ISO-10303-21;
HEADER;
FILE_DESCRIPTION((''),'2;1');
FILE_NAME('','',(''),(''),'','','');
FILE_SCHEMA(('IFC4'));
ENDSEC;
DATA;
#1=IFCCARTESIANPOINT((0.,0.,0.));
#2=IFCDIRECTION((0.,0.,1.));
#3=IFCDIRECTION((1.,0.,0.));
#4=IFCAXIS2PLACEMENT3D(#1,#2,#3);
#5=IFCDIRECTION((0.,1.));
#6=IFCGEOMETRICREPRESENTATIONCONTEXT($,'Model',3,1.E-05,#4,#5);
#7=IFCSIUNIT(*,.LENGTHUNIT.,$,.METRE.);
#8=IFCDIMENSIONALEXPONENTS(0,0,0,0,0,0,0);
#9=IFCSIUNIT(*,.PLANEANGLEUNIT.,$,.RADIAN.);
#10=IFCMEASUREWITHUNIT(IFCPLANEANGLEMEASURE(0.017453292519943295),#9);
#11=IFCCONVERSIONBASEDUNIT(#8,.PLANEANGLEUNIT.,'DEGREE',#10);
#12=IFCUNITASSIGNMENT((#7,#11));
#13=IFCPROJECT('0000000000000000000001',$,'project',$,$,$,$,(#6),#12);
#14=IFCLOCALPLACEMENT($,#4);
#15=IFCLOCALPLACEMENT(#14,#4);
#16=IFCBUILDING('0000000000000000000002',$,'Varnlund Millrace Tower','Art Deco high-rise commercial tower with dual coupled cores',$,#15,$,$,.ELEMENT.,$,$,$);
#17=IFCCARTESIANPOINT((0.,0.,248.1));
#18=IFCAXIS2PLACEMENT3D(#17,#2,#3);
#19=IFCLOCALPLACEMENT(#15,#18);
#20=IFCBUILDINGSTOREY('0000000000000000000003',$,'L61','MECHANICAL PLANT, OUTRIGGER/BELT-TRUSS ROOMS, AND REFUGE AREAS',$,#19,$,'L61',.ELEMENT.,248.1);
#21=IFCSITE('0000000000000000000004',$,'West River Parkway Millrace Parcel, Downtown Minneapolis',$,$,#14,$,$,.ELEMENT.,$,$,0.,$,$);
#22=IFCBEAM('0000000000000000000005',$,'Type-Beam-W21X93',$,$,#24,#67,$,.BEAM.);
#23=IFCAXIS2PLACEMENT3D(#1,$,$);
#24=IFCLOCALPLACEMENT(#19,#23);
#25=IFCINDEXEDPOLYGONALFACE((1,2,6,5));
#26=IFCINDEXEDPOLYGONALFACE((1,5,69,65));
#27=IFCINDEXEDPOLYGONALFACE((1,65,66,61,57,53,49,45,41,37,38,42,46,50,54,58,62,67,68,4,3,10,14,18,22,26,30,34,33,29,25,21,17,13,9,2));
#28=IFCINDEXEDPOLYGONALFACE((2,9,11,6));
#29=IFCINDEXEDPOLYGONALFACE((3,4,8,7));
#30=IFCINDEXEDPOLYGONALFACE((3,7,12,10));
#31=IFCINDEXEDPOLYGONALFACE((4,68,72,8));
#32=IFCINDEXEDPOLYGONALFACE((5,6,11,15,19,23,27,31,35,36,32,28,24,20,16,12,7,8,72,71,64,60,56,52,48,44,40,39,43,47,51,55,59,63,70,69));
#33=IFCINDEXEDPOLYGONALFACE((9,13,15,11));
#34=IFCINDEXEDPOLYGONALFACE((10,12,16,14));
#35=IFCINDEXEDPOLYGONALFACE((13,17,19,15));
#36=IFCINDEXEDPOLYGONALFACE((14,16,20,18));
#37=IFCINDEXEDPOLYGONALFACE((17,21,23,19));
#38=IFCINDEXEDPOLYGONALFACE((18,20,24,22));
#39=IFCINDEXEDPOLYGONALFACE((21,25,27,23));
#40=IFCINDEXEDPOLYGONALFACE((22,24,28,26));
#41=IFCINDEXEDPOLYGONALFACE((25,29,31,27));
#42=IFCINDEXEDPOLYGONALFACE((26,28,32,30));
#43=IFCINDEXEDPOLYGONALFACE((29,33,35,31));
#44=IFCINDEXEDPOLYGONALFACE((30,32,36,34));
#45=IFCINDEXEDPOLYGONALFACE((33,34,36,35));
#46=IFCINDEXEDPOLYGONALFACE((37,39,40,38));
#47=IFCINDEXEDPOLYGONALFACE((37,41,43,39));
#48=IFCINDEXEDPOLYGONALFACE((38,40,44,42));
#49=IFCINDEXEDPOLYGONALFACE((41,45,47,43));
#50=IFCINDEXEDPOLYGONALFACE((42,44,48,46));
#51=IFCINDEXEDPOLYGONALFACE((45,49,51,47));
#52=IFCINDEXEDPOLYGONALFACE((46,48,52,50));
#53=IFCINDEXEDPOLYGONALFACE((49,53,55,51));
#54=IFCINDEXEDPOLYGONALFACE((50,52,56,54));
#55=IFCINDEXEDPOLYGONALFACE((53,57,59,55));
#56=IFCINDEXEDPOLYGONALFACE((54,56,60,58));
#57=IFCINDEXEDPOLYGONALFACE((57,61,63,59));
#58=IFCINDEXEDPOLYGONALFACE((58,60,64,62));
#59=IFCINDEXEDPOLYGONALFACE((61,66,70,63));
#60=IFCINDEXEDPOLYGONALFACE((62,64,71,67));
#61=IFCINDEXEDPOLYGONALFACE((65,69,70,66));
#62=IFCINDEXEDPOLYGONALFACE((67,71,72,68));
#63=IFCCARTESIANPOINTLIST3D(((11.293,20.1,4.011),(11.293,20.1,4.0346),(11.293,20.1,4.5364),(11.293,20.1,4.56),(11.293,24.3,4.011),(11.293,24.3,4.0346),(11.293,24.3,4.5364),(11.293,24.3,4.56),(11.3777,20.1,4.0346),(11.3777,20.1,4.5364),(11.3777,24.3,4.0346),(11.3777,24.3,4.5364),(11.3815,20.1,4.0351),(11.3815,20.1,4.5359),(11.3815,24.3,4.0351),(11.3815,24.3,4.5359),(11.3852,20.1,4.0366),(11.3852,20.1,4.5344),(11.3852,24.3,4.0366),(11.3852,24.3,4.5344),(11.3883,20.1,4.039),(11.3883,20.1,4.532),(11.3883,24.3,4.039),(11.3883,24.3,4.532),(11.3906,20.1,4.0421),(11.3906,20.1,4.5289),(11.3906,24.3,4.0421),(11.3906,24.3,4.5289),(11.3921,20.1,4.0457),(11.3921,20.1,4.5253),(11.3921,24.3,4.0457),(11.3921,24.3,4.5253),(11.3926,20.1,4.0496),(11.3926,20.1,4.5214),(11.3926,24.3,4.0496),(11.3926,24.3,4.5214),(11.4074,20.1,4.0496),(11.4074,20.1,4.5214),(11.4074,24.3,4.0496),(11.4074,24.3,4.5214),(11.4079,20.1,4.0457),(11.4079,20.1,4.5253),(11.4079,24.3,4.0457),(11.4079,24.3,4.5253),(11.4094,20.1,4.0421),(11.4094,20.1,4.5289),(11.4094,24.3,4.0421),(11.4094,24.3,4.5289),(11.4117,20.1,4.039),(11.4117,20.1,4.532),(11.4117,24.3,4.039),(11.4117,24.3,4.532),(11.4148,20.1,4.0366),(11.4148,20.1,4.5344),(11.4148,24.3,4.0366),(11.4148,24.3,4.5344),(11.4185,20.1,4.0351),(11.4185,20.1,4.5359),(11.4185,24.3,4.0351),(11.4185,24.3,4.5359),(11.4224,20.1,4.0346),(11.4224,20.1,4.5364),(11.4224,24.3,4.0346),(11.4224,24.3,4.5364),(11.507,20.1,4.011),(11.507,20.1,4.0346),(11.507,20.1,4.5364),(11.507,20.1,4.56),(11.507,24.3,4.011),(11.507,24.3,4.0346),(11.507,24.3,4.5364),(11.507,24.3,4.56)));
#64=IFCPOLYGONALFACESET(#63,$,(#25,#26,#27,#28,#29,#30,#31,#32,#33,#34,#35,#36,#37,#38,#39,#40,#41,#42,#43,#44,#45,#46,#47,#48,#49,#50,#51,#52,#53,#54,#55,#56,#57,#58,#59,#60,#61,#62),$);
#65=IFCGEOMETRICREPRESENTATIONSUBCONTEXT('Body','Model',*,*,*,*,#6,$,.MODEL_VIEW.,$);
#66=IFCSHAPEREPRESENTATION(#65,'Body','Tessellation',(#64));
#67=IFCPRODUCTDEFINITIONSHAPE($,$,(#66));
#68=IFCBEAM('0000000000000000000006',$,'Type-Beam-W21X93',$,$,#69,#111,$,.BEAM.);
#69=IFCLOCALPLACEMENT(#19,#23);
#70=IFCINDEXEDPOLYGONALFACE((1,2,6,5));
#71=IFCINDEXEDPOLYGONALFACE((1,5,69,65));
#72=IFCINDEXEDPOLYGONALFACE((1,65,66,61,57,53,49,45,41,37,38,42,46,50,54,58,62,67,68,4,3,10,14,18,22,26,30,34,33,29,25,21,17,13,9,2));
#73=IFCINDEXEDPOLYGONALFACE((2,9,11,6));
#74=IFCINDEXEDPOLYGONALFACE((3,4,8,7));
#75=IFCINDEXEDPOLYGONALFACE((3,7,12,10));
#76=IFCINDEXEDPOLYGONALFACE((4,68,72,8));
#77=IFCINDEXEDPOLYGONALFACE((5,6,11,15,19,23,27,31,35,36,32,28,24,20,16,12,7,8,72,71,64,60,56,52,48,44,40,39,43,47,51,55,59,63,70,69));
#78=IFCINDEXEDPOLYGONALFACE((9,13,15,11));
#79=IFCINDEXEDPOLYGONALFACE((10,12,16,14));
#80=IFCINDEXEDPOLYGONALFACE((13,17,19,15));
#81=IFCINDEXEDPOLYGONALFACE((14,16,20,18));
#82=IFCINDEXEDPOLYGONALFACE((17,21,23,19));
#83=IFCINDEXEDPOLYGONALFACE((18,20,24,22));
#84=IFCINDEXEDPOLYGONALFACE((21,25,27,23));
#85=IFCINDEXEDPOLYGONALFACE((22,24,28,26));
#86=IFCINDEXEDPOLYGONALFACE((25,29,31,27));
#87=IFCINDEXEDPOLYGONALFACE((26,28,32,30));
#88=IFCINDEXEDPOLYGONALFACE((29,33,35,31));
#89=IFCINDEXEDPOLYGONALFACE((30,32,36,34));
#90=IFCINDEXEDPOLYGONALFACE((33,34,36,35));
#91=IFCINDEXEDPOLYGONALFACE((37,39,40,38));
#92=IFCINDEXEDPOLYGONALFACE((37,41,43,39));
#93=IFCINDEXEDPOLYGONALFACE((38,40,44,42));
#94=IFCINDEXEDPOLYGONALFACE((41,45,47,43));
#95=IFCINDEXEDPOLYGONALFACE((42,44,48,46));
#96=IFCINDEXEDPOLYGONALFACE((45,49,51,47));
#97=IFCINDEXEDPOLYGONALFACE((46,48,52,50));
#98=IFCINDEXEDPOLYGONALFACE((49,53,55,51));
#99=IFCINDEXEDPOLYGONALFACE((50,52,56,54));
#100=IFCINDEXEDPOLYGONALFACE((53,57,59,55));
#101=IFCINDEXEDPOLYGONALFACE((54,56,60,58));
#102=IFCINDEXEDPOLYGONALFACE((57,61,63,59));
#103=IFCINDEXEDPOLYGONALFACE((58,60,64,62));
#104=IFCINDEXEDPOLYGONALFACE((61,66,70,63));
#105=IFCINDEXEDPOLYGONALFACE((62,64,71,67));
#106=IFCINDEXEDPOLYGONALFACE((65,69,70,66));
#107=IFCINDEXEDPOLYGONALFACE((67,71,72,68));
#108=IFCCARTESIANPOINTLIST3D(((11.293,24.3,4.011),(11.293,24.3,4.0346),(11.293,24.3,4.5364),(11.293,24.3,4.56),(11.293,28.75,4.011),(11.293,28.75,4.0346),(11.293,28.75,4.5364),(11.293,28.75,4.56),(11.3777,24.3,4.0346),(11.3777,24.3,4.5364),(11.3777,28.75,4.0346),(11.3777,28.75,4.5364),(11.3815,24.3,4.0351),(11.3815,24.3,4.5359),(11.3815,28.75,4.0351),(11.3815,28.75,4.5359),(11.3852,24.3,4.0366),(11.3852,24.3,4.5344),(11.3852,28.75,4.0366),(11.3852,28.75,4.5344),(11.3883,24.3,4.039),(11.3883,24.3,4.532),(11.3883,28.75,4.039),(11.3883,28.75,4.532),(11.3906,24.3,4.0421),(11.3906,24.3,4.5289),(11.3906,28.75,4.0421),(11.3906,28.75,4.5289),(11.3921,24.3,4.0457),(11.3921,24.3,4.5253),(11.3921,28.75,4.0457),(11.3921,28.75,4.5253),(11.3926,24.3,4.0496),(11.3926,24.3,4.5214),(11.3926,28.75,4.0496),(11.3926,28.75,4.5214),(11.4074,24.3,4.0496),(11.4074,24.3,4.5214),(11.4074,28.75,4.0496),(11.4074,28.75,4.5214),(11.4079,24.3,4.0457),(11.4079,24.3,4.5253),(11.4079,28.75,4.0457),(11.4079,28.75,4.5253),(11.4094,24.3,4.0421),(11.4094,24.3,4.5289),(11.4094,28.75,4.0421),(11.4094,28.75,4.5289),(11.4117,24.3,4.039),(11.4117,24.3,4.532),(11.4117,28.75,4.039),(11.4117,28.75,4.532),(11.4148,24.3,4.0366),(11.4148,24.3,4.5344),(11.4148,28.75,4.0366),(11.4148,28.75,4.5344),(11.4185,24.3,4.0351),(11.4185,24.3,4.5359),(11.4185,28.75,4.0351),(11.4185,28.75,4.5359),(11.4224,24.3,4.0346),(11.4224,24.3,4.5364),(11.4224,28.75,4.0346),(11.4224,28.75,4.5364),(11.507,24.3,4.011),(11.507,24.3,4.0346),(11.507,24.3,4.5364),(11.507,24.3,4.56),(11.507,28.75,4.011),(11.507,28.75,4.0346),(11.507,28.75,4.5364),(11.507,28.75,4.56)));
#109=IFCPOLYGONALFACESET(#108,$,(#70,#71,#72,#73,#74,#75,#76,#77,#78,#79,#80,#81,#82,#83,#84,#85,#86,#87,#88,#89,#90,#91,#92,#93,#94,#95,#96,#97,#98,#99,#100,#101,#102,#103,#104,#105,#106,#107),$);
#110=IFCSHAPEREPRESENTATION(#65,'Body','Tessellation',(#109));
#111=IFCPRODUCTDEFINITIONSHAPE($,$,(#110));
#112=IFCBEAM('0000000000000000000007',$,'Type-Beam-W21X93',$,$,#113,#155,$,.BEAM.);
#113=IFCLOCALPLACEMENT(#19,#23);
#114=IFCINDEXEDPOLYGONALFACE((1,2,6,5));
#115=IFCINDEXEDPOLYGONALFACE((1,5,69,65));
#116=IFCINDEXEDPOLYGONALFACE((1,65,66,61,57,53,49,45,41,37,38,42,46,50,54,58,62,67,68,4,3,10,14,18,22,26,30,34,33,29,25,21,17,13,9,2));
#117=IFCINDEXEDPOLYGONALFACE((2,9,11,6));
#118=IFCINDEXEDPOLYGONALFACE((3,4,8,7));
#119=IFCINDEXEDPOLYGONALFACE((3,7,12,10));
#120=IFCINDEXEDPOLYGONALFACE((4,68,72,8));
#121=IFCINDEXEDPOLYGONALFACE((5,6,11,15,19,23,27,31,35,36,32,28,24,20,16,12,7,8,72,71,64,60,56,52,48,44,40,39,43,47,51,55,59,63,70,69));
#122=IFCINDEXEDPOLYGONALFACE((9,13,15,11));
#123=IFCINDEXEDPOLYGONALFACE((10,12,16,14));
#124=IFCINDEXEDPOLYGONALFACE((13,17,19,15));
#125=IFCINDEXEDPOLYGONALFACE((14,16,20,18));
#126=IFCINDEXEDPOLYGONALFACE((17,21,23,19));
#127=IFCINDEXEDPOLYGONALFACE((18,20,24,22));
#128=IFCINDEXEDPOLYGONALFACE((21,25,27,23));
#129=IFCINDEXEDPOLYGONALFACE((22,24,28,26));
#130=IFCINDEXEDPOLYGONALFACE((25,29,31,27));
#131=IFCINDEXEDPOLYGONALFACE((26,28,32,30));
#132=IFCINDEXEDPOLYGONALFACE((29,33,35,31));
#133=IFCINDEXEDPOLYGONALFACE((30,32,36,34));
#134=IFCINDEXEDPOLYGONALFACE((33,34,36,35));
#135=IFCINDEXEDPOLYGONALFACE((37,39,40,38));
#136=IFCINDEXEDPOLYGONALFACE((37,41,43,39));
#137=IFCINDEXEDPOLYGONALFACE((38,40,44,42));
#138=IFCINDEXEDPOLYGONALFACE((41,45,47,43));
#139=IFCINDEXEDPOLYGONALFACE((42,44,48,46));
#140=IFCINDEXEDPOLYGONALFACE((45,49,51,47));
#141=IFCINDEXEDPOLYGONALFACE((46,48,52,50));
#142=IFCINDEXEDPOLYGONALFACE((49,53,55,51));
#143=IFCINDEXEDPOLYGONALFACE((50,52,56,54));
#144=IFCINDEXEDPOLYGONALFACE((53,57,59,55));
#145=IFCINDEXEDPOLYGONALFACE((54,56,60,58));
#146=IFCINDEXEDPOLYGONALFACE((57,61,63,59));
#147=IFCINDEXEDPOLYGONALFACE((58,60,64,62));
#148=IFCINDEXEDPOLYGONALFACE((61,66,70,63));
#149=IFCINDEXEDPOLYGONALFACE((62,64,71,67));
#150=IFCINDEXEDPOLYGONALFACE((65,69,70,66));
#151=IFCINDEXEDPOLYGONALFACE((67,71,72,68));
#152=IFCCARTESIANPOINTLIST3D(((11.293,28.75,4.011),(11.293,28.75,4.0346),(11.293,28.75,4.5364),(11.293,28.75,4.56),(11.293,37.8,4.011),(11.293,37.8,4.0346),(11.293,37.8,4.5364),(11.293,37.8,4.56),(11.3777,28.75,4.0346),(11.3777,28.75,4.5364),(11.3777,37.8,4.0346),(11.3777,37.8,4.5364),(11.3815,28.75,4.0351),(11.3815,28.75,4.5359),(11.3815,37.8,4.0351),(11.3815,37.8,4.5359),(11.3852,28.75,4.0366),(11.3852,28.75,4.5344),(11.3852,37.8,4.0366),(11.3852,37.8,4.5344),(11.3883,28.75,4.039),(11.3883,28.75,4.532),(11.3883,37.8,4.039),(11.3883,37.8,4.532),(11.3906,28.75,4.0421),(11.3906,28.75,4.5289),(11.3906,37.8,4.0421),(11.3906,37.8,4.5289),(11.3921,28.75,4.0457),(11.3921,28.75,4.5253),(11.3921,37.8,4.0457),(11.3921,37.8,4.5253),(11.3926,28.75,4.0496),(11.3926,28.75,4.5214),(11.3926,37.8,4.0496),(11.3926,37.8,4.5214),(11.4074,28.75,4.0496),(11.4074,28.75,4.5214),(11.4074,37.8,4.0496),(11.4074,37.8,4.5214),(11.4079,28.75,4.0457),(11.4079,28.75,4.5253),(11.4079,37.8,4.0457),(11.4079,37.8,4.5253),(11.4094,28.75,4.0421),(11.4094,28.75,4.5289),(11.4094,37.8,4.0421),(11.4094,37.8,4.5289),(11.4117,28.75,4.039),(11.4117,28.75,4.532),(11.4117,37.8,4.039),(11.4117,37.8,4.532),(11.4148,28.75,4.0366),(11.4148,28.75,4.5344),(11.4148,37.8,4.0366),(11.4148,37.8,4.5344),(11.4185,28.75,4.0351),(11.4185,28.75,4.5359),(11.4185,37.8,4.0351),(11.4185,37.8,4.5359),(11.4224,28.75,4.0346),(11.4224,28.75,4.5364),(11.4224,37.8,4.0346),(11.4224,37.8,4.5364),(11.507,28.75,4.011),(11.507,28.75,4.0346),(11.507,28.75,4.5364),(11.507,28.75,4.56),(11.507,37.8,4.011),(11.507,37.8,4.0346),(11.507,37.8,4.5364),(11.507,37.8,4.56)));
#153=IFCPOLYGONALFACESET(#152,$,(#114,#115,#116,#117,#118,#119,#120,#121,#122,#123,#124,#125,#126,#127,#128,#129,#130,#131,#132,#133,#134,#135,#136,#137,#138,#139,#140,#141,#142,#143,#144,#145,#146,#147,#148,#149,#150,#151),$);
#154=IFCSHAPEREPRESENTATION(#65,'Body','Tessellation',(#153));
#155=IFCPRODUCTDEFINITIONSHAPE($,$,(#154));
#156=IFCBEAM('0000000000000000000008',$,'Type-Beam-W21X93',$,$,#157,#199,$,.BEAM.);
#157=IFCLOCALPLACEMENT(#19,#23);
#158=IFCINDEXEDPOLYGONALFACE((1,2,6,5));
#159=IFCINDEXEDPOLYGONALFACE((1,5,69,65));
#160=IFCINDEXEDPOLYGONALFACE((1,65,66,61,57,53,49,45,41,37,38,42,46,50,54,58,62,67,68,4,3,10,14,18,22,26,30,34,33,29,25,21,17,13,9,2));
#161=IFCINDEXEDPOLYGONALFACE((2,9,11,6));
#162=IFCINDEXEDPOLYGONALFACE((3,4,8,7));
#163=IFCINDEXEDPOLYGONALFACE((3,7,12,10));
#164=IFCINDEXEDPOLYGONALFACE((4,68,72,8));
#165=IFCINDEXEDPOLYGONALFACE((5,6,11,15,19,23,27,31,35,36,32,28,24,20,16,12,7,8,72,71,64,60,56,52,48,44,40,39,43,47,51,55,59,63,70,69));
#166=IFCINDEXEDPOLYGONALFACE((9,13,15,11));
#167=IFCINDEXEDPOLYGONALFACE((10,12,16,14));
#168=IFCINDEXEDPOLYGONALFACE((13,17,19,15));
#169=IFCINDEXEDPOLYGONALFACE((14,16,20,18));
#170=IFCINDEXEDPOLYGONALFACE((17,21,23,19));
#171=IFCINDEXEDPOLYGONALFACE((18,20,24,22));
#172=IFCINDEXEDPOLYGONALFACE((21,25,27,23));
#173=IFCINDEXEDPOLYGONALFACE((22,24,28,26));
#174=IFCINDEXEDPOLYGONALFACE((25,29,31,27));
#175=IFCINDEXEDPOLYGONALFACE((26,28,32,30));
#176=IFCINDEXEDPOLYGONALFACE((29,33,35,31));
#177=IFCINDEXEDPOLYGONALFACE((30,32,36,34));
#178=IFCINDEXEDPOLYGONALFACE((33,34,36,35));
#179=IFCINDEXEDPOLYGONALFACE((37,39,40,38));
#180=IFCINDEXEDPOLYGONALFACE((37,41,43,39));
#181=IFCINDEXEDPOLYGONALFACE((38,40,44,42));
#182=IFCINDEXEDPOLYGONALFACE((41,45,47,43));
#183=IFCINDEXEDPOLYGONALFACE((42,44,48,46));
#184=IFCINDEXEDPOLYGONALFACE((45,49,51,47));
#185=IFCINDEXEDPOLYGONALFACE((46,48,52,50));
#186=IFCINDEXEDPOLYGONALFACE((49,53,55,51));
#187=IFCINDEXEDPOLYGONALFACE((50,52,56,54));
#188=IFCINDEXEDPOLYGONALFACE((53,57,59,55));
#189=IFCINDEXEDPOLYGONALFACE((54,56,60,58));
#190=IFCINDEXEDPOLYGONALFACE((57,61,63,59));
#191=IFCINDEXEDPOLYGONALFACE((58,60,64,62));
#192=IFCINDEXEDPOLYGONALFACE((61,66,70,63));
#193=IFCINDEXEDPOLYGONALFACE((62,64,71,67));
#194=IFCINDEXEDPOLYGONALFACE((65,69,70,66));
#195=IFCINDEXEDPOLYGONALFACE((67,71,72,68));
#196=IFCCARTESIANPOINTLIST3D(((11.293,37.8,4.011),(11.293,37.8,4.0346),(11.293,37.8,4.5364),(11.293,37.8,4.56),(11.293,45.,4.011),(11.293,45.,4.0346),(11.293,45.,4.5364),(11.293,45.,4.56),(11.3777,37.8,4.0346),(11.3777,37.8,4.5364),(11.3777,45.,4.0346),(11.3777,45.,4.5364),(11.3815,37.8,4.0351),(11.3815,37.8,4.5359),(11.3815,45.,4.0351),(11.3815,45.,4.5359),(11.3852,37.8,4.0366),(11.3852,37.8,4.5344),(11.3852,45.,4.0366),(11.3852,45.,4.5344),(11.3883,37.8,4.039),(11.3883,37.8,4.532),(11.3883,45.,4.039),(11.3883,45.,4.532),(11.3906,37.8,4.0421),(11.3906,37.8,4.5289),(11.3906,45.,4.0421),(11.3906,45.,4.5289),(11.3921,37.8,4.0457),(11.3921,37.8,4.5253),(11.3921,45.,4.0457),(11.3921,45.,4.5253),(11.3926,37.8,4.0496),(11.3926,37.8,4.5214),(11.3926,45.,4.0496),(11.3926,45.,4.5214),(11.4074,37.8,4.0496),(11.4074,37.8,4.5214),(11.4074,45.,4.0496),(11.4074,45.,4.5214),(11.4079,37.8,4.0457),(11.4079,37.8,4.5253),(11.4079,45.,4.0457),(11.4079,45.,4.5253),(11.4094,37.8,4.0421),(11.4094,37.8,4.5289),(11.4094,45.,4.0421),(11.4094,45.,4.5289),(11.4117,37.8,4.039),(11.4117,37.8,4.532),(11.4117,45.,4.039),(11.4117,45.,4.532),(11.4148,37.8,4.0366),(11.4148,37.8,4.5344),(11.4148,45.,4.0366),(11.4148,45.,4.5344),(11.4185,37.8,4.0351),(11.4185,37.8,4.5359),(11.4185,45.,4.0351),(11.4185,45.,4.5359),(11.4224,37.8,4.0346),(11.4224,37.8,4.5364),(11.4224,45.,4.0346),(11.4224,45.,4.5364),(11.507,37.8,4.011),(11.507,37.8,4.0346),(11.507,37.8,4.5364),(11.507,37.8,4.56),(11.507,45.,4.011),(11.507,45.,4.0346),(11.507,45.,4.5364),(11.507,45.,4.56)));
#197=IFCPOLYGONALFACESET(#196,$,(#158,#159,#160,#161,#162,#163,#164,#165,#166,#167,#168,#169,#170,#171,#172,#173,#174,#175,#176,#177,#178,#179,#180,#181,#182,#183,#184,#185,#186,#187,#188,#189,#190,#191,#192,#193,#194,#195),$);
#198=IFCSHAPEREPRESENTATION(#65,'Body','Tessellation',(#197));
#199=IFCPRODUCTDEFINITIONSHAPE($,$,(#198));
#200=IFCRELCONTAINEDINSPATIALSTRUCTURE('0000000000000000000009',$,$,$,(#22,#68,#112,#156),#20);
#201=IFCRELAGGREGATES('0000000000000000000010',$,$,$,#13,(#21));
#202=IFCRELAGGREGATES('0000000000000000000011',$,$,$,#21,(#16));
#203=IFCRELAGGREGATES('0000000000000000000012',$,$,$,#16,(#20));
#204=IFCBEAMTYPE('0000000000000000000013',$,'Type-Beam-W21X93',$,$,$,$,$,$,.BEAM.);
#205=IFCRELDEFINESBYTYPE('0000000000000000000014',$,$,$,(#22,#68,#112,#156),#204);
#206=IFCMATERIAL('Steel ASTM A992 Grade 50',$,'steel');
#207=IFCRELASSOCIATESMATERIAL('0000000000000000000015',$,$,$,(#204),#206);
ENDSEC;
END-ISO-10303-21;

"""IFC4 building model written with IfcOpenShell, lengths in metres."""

from ifc_helpers import new_model, entity, si_unit, converted_unit, direction, frame, origin_with_axes, origin_2d_with_axis, place, context, subcontext, project, spatial, i_section, extrude, material, material_profile, profile_set, type_object, element, save


model = new_model("IFC4")

# Units and contexts
model_context = context("Model", 3, precision=1e-05, world=origin_with_axes(), true_north=direction((0.0, 1.0)))
body_context = subcontext(model_context, "Body", "Model", "MODEL_VIEW")
ifc_project = project(units=[si_unit("LENGTHUNIT", "METRE"), converted_unit("PLANEANGLEUNIT", "DEGREE", entity("IfcPlaneAngleMeasure", 0.017453292519943295), si_unit("PLANEANGLEUNIT", "RADIAN"), dimensions=[0, 0, 0, 0, 0, 0, 0])], contexts=[model_context])

# Site, building, storey
site_placement = place(None, origin_with_axes())
site = spatial("IfcSite", under=ifc_project, at=site_placement, Name="West River Parkway Millrace Parcel, Downtown Minneapolis", CompositionType="ELEMENT", RefElevation=0.0)
building_placement = place(site_placement, origin_with_axes())
building = spatial("IfcBuilding", under=site, at=building_placement, Name="Varnlund Millrace Tower", Description="Art Deco high-rise commercial tower with dual coupled cores", CompositionType="ELEMENT")
storey_placement = place(building_placement, frame((0.0, 0.0, 248.1), z_axis=(0.0, 0.0, 1.0), x_axis=(1.0, 0.0, 0.0)))
storey = spatial("IfcBuildingStorey", under=building, at=storey_placement, Name="L61", Description="MECHANICAL PLANT, OUTRIGGER/BELT-TRUSS ROOMS, AND REFUGE AREAS", LongName="L61", CompositionType="ELEMENT", Elevation=248.1)

# Beams
ifc_material_1 = material(Name="Steel ASTM A992 Grade 50", Category="steel")
ifc_material_profile_1 = material_profile(ifc_material_1, i_section(OverallWidth=0.214, OverallDepth=0.549, WebThickness=0.0147, FlangeThickness=0.0236, FilletRadius=0.015, at=origin_2d_with_axis()), Name="Steel ASTM A992 Grade 50")
ifc_profile_set_1 = profile_set([ifc_material_profile_1], Name="Steel ASTM A992 Grade 50")
beam_type_1 = type_object("IfcBeamType", Name="Type-Beam-W21X93", PredefinedType="BEAM", material=ifc_profile_set_1)
beam_1_placement = place(storey_placement, frame((11.4, 20.1, 4.2855), z_axis=(0.0, 1.0, 0.0), x_axis=(-1.0, 0.0, 0.0)))
element("IfcBeam", 1, at=beam_1_placement, inside=storey, type_object=beam_type_1, Name="Type-Beam-W21X93", PredefinedType="BEAM", context=body_context, shape_type="SweptSolid", body=[
    extrude(i_section(OverallWidth=0.214, OverallDepth=0.549, WebThickness=0.0147, FlangeThickness=0.0236, FilletRadius=0.015, at=origin_2d_with_axis()), origin_with_axes(), (0.0, 0.0, 1.0), 4.2),
])
beam_2_placement = place(storey_placement, frame((11.4, 24.3, 4.2855), z_axis=(0.0, 1.0, 0.0), x_axis=(-1.0, 0.0, 0.0)))
element("IfcBeam", 2, at=beam_2_placement, inside=storey, type_object=beam_type_1, Name="Type-Beam-W21X93", PredefinedType="BEAM", context=body_context, shape_type="SweptSolid", body=[
    extrude(i_section(OverallWidth=0.214, OverallDepth=0.549, WebThickness=0.0147, FlangeThickness=0.0236, FilletRadius=0.015, at=origin_2d_with_axis()), origin_with_axes(), (0.0, 0.0, 1.0), 4.45),
])
beam_3_placement = place(storey_placement, frame((11.4, 28.75, 4.2855), z_axis=(0.0, 1.0, 0.0), x_axis=(-1.0, 0.0, 0.0)))
element("IfcBeam", 3, at=beam_3_placement, inside=storey, type_object=beam_type_1, Name="Type-Beam-W21X93", PredefinedType="BEAM", context=body_context, shape_type="SweptSolid", body=[
    extrude(i_section(OverallWidth=0.214, OverallDepth=0.549, WebThickness=0.0147, FlangeThickness=0.0236, FilletRadius=0.015, at=origin_2d_with_axis()), origin_with_axes(), (0.0, 0.0, 1.0), 9.05),
])
beam_4_placement = place(storey_placement, frame((11.4, 37.8, 4.2855), z_axis=(0.0, 1.0, 0.0), x_axis=(-1.0, 0.0, 0.0)))
element("IfcBeam", 4, at=beam_4_placement, inside=storey, type_object=beam_type_1, Name="Type-Beam-W21X93", PredefinedType="BEAM", context=body_context, shape_type="SweptSolid", body=[
    extrude(i_section(OverallWidth=0.214, OverallDepth=0.549, WebThickness=0.0147, FlangeThickness=0.0236, FilletRadius=0.015, at=origin_2d_with_axis()), origin_with_axes(), (0.0, 0.0, 1.0), 7.2),
])

save(model, "model.ifc")
